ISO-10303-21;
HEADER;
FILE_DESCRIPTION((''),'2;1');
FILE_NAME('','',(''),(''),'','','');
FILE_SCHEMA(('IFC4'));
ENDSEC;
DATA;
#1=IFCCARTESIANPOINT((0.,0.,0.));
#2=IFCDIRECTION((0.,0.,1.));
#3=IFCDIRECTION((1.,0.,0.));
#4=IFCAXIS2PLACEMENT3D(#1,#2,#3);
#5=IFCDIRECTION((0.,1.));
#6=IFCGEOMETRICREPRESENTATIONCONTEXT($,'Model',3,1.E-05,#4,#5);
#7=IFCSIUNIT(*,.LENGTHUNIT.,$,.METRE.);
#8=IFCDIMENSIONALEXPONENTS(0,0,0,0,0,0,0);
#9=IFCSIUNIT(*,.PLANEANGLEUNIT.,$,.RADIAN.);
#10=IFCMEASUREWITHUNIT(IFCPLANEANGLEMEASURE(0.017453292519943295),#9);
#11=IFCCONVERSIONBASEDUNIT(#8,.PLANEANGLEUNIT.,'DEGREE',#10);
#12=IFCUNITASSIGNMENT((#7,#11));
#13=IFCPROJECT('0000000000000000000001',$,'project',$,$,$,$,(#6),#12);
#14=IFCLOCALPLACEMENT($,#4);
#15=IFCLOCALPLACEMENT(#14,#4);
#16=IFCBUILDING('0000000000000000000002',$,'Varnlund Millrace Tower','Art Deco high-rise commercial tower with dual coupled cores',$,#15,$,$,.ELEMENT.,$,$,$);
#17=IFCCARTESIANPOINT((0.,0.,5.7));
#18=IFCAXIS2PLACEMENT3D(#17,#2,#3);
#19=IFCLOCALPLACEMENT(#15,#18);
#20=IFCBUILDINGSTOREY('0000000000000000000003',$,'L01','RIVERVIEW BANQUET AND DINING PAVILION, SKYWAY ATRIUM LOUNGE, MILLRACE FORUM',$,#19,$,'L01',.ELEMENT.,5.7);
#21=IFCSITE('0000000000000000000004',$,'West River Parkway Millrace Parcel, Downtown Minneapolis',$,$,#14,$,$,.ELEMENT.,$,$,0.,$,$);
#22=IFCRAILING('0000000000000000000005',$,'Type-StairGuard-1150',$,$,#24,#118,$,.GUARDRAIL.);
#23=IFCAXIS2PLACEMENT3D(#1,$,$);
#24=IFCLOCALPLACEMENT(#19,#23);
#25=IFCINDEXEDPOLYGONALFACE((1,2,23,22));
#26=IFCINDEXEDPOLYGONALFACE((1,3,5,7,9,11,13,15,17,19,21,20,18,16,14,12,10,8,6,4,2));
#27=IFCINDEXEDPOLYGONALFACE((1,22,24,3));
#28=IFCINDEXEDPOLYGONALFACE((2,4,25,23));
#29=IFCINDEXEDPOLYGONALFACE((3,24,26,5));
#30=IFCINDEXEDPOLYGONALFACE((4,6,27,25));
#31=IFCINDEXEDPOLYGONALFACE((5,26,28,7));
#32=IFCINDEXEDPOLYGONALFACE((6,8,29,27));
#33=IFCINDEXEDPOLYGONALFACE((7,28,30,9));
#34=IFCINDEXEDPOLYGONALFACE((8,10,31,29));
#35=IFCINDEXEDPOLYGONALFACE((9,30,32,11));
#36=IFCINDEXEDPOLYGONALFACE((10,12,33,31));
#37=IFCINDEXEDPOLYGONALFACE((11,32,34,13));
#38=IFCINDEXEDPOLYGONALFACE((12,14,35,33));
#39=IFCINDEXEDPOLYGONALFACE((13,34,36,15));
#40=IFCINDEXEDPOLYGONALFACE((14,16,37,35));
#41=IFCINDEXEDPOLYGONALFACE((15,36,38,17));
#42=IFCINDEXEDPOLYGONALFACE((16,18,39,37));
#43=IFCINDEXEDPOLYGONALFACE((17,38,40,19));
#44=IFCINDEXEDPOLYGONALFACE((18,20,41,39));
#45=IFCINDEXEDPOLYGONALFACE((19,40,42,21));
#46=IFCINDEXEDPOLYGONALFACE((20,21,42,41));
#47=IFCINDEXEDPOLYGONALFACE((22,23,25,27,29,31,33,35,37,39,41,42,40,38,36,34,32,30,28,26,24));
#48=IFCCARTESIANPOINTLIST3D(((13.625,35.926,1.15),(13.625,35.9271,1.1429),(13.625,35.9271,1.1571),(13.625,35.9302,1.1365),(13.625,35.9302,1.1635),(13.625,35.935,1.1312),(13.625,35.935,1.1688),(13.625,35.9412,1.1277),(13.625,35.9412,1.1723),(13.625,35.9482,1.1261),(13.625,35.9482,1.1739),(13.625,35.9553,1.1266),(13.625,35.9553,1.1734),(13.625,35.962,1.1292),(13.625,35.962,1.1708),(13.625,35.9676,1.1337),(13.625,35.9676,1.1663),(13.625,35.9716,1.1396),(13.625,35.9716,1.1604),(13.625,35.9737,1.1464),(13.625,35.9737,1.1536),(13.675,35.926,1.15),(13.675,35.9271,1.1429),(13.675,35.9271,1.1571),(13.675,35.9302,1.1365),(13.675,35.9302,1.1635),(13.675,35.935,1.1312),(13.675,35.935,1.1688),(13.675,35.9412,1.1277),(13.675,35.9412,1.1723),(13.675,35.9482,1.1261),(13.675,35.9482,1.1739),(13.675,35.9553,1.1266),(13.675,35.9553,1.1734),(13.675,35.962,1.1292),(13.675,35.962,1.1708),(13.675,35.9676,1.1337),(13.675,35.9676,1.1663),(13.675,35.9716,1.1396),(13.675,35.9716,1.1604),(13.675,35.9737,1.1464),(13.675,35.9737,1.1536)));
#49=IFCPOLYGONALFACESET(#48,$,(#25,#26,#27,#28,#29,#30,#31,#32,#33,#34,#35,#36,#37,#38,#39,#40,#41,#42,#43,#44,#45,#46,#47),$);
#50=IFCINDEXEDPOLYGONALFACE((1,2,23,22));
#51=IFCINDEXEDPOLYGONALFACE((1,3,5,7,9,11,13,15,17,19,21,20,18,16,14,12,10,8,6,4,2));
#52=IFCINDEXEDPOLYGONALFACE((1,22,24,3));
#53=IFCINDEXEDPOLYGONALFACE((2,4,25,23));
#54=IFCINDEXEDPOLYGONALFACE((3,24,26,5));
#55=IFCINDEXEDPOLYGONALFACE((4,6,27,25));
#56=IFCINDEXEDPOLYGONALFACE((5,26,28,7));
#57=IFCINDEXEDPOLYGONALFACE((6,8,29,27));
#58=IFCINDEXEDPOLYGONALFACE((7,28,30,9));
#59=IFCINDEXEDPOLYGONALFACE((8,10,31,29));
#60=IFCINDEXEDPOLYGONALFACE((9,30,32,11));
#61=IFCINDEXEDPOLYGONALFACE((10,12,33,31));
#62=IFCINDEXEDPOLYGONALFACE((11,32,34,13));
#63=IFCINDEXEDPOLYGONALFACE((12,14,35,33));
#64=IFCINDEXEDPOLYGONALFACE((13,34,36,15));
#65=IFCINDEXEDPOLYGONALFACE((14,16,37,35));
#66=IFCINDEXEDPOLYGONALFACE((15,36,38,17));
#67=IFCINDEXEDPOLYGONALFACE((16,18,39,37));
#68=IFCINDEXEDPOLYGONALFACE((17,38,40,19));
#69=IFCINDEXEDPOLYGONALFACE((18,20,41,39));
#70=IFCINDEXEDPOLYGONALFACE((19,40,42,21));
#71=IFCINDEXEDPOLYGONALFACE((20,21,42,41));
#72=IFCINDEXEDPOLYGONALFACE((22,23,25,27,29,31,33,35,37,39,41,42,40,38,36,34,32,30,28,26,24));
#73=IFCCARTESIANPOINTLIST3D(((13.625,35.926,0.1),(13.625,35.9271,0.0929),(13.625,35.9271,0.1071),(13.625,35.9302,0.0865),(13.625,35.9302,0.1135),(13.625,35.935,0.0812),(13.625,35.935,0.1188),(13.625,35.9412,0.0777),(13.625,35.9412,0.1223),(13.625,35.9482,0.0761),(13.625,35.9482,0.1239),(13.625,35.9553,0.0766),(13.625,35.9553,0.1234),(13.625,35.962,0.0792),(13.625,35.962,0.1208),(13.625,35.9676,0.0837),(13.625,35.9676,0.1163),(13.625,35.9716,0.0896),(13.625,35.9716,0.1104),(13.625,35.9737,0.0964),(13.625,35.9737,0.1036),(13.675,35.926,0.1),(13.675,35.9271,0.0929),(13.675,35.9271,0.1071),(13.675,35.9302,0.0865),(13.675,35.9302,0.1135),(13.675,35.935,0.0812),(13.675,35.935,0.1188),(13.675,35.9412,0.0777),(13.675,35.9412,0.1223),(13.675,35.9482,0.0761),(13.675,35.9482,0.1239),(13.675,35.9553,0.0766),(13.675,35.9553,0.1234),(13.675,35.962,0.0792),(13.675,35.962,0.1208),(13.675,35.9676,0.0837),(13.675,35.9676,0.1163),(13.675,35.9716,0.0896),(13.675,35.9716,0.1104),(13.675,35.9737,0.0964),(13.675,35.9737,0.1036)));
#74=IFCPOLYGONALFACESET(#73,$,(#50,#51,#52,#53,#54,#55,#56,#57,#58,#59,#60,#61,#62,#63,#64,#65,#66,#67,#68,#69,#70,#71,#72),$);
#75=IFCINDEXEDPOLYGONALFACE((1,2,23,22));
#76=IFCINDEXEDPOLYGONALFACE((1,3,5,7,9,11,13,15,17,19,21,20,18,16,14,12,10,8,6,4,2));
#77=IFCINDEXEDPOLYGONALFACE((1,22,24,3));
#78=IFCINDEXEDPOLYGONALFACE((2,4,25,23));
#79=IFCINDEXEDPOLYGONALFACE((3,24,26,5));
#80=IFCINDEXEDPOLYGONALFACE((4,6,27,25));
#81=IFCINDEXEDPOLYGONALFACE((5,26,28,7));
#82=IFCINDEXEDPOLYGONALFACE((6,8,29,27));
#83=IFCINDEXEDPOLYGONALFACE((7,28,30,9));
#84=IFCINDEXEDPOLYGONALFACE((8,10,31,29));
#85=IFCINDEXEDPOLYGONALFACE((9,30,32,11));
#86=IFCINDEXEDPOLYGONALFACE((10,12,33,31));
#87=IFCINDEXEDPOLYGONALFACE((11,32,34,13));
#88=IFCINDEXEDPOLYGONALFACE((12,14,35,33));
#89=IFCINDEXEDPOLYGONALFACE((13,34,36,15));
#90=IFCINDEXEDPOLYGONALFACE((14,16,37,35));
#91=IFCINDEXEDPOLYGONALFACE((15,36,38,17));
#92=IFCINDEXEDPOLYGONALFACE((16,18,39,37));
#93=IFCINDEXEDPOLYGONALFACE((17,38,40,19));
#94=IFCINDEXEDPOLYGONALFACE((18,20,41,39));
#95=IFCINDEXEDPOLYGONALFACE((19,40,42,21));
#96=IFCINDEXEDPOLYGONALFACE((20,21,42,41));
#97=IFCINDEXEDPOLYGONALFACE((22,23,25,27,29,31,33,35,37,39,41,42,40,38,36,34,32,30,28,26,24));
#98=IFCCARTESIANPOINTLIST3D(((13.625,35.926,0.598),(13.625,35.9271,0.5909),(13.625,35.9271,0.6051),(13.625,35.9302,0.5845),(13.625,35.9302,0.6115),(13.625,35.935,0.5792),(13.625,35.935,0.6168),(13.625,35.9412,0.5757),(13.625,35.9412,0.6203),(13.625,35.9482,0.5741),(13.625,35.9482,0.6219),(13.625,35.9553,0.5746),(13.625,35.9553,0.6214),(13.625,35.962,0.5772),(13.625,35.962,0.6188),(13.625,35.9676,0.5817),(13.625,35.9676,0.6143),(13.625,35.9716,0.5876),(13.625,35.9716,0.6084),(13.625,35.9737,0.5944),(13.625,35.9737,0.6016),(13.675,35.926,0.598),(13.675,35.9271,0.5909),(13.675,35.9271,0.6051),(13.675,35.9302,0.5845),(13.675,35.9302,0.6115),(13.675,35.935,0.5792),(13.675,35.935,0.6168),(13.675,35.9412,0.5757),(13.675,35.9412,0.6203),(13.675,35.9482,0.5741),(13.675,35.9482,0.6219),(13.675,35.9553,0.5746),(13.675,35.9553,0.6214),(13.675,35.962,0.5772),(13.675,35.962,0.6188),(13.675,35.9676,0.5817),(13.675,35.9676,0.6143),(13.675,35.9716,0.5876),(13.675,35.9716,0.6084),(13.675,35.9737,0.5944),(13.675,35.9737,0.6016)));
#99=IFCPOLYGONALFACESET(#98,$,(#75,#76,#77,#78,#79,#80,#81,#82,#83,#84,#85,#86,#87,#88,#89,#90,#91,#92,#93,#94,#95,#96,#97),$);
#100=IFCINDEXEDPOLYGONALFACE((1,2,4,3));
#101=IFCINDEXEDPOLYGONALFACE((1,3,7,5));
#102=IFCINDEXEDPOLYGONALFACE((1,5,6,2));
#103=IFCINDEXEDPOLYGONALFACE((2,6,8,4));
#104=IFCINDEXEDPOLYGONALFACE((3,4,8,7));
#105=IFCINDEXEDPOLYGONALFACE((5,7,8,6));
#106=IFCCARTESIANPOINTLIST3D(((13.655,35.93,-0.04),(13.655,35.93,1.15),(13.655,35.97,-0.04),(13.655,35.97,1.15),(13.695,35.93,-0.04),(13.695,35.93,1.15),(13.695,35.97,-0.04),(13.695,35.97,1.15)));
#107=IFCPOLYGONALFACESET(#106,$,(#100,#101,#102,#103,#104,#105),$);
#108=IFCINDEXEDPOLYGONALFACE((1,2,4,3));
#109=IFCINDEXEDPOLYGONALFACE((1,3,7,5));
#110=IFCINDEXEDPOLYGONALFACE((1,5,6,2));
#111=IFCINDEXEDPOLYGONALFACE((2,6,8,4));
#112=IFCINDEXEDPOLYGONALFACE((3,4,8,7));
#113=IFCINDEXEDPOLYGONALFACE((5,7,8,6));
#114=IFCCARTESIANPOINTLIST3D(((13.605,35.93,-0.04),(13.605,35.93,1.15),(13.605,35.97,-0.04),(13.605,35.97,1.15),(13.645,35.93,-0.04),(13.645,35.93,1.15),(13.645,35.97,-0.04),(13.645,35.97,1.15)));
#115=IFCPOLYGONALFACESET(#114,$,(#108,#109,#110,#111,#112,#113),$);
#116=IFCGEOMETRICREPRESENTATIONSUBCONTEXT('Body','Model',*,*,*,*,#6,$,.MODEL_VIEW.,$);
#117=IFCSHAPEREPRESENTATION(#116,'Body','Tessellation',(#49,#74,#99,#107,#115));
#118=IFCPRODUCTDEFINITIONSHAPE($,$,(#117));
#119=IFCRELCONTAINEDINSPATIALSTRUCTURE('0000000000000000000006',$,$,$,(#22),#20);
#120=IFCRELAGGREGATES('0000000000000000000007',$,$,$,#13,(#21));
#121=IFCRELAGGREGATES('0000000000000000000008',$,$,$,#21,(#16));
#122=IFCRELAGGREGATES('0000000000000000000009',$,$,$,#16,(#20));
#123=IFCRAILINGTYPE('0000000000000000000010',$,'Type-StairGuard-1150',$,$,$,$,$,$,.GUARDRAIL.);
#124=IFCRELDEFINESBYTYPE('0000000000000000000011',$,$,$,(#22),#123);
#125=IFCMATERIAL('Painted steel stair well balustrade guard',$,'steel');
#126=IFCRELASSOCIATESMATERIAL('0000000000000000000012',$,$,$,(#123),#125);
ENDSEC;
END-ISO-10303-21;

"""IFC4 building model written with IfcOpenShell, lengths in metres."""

from ifc_helpers import new_model, entity, si_unit, converted_unit, direction, frame, origin_with_axes, origin_2d_with_axis, place, context, subcontext, project, spatial, rectangle, circle, extrude, material, type_object, element, save


model = new_model("IFC4")

# Units and contexts
model_context = context("Model", 3, precision=1e-05, world=origin_with_axes(), true_north=direction((0.0, 1.0)))
body_context = subcontext(model_context, "Body", "Model", "MODEL_VIEW")
ifc_project = project(units=[si_unit("LENGTHUNIT", "METRE"), converted_unit("PLANEANGLEUNIT", "DEGREE", entity("IfcPlaneAngleMeasure", 0.017453292519943295), si_unit("PLANEANGLEUNIT", "RADIAN"), dimensions=[0, 0, 0, 0, 0, 0, 0])], contexts=[model_context])

# Site, building, storey
site_placement = place(None, origin_with_axes())
site = spatial("IfcSite", under=ifc_project, at=site_placement, Name="West River Parkway Millrace Parcel, Downtown Minneapolis", CompositionType="ELEMENT", RefElevation=0.0)
building_placement = place(site_placement, origin_with_axes())
building = spatial("IfcBuilding", under=site, at=building_placement, Name="Varnlund Millrace Tower", Description="Art Deco high-rise commercial tower with dual coupled cores", CompositionType="ELEMENT")
storey_placement = place(building_placement, frame((0.0, 0.0, 5.7), z_axis=(0.0, 0.0, 1.0), x_axis=(1.0, 0.0, 0.0)))
storey = spatial("IfcBuildingStorey", under=building, at=storey_placement, Name="L01", Description="RIVERVIEW BANQUET AND DINING PAVILION, SKYWAY ATRIUM LOUNGE, MILLRACE FORUM", LongName="L01", CompositionType="ELEMENT", Elevation=5.7)

# Railing
ifc_material_1 = material(Name="Painted steel stair well balustrade guard", Category="steel")
railing_type_1 = type_object("IfcRailingType", Name="Type-StairGuard-1150", PredefinedType="GUARDRAIL", material=ifc_material_1)
railing_1_placement = place(storey_placement, frame((0.0, 0.0, -5.7), z_axis=(0.0, 0.0, 1.0), x_axis=(1.0, 0.0, 0.0)))
element("IfcRailing", 1, at=railing_1_placement, inside=storey, type_object=railing_type_1, Name="Type-StairGuard-1150", PredefinedType="GUARDRAIL", context=body_context, shape_type="SweptSolid", body=[
    extrude(circle(Radius=0.024, at=origin_2d_with_axis()), frame((13.675, 35.95, 6.85), z_axis=(-1.0, 0.0, 0.0), x_axis=(0.0, -1.0, 0.0)), (0.0, 0.0, 1.0), 0.05),
    extrude(circle(Radius=0.024, at=origin_2d_with_axis()), frame((13.675, 35.95, 5.8), z_axis=(-1.0, 0.0, 0.0), x_axis=(0.0, -1.0, 0.0)), (0.0, 0.0, 1.0), 0.05),
    extrude(circle(Radius=0.024, at=origin_2d_with_axis()), frame((13.675, 35.95, 6.298), z_axis=(-1.0, 0.0, 0.0), x_axis=(0.0, -1.0, 0.0)), (0.0, 0.0, 1.0), 0.05),
    extrude(rectangle(XDim=0.04, YDim=0.04, at=origin_2d_with_axis()), frame((13.675, 35.95, 5.66), z_axis=(0.0, 0.0, 1.0), x_axis=(1.0, 0.0, 0.0)), (0.0, 0.0, 1.0), 1.19),
    extrude(rectangle(XDim=0.04, YDim=0.04, at=origin_2d_with_axis()), frame((13.625, 35.95, 5.66), z_axis=(0.0, 0.0, 1.0), x_axis=(1.0, 0.0, 0.0)), (0.0, 0.0, 1.0), 1.19),
])

save(model, "model.ifc")
